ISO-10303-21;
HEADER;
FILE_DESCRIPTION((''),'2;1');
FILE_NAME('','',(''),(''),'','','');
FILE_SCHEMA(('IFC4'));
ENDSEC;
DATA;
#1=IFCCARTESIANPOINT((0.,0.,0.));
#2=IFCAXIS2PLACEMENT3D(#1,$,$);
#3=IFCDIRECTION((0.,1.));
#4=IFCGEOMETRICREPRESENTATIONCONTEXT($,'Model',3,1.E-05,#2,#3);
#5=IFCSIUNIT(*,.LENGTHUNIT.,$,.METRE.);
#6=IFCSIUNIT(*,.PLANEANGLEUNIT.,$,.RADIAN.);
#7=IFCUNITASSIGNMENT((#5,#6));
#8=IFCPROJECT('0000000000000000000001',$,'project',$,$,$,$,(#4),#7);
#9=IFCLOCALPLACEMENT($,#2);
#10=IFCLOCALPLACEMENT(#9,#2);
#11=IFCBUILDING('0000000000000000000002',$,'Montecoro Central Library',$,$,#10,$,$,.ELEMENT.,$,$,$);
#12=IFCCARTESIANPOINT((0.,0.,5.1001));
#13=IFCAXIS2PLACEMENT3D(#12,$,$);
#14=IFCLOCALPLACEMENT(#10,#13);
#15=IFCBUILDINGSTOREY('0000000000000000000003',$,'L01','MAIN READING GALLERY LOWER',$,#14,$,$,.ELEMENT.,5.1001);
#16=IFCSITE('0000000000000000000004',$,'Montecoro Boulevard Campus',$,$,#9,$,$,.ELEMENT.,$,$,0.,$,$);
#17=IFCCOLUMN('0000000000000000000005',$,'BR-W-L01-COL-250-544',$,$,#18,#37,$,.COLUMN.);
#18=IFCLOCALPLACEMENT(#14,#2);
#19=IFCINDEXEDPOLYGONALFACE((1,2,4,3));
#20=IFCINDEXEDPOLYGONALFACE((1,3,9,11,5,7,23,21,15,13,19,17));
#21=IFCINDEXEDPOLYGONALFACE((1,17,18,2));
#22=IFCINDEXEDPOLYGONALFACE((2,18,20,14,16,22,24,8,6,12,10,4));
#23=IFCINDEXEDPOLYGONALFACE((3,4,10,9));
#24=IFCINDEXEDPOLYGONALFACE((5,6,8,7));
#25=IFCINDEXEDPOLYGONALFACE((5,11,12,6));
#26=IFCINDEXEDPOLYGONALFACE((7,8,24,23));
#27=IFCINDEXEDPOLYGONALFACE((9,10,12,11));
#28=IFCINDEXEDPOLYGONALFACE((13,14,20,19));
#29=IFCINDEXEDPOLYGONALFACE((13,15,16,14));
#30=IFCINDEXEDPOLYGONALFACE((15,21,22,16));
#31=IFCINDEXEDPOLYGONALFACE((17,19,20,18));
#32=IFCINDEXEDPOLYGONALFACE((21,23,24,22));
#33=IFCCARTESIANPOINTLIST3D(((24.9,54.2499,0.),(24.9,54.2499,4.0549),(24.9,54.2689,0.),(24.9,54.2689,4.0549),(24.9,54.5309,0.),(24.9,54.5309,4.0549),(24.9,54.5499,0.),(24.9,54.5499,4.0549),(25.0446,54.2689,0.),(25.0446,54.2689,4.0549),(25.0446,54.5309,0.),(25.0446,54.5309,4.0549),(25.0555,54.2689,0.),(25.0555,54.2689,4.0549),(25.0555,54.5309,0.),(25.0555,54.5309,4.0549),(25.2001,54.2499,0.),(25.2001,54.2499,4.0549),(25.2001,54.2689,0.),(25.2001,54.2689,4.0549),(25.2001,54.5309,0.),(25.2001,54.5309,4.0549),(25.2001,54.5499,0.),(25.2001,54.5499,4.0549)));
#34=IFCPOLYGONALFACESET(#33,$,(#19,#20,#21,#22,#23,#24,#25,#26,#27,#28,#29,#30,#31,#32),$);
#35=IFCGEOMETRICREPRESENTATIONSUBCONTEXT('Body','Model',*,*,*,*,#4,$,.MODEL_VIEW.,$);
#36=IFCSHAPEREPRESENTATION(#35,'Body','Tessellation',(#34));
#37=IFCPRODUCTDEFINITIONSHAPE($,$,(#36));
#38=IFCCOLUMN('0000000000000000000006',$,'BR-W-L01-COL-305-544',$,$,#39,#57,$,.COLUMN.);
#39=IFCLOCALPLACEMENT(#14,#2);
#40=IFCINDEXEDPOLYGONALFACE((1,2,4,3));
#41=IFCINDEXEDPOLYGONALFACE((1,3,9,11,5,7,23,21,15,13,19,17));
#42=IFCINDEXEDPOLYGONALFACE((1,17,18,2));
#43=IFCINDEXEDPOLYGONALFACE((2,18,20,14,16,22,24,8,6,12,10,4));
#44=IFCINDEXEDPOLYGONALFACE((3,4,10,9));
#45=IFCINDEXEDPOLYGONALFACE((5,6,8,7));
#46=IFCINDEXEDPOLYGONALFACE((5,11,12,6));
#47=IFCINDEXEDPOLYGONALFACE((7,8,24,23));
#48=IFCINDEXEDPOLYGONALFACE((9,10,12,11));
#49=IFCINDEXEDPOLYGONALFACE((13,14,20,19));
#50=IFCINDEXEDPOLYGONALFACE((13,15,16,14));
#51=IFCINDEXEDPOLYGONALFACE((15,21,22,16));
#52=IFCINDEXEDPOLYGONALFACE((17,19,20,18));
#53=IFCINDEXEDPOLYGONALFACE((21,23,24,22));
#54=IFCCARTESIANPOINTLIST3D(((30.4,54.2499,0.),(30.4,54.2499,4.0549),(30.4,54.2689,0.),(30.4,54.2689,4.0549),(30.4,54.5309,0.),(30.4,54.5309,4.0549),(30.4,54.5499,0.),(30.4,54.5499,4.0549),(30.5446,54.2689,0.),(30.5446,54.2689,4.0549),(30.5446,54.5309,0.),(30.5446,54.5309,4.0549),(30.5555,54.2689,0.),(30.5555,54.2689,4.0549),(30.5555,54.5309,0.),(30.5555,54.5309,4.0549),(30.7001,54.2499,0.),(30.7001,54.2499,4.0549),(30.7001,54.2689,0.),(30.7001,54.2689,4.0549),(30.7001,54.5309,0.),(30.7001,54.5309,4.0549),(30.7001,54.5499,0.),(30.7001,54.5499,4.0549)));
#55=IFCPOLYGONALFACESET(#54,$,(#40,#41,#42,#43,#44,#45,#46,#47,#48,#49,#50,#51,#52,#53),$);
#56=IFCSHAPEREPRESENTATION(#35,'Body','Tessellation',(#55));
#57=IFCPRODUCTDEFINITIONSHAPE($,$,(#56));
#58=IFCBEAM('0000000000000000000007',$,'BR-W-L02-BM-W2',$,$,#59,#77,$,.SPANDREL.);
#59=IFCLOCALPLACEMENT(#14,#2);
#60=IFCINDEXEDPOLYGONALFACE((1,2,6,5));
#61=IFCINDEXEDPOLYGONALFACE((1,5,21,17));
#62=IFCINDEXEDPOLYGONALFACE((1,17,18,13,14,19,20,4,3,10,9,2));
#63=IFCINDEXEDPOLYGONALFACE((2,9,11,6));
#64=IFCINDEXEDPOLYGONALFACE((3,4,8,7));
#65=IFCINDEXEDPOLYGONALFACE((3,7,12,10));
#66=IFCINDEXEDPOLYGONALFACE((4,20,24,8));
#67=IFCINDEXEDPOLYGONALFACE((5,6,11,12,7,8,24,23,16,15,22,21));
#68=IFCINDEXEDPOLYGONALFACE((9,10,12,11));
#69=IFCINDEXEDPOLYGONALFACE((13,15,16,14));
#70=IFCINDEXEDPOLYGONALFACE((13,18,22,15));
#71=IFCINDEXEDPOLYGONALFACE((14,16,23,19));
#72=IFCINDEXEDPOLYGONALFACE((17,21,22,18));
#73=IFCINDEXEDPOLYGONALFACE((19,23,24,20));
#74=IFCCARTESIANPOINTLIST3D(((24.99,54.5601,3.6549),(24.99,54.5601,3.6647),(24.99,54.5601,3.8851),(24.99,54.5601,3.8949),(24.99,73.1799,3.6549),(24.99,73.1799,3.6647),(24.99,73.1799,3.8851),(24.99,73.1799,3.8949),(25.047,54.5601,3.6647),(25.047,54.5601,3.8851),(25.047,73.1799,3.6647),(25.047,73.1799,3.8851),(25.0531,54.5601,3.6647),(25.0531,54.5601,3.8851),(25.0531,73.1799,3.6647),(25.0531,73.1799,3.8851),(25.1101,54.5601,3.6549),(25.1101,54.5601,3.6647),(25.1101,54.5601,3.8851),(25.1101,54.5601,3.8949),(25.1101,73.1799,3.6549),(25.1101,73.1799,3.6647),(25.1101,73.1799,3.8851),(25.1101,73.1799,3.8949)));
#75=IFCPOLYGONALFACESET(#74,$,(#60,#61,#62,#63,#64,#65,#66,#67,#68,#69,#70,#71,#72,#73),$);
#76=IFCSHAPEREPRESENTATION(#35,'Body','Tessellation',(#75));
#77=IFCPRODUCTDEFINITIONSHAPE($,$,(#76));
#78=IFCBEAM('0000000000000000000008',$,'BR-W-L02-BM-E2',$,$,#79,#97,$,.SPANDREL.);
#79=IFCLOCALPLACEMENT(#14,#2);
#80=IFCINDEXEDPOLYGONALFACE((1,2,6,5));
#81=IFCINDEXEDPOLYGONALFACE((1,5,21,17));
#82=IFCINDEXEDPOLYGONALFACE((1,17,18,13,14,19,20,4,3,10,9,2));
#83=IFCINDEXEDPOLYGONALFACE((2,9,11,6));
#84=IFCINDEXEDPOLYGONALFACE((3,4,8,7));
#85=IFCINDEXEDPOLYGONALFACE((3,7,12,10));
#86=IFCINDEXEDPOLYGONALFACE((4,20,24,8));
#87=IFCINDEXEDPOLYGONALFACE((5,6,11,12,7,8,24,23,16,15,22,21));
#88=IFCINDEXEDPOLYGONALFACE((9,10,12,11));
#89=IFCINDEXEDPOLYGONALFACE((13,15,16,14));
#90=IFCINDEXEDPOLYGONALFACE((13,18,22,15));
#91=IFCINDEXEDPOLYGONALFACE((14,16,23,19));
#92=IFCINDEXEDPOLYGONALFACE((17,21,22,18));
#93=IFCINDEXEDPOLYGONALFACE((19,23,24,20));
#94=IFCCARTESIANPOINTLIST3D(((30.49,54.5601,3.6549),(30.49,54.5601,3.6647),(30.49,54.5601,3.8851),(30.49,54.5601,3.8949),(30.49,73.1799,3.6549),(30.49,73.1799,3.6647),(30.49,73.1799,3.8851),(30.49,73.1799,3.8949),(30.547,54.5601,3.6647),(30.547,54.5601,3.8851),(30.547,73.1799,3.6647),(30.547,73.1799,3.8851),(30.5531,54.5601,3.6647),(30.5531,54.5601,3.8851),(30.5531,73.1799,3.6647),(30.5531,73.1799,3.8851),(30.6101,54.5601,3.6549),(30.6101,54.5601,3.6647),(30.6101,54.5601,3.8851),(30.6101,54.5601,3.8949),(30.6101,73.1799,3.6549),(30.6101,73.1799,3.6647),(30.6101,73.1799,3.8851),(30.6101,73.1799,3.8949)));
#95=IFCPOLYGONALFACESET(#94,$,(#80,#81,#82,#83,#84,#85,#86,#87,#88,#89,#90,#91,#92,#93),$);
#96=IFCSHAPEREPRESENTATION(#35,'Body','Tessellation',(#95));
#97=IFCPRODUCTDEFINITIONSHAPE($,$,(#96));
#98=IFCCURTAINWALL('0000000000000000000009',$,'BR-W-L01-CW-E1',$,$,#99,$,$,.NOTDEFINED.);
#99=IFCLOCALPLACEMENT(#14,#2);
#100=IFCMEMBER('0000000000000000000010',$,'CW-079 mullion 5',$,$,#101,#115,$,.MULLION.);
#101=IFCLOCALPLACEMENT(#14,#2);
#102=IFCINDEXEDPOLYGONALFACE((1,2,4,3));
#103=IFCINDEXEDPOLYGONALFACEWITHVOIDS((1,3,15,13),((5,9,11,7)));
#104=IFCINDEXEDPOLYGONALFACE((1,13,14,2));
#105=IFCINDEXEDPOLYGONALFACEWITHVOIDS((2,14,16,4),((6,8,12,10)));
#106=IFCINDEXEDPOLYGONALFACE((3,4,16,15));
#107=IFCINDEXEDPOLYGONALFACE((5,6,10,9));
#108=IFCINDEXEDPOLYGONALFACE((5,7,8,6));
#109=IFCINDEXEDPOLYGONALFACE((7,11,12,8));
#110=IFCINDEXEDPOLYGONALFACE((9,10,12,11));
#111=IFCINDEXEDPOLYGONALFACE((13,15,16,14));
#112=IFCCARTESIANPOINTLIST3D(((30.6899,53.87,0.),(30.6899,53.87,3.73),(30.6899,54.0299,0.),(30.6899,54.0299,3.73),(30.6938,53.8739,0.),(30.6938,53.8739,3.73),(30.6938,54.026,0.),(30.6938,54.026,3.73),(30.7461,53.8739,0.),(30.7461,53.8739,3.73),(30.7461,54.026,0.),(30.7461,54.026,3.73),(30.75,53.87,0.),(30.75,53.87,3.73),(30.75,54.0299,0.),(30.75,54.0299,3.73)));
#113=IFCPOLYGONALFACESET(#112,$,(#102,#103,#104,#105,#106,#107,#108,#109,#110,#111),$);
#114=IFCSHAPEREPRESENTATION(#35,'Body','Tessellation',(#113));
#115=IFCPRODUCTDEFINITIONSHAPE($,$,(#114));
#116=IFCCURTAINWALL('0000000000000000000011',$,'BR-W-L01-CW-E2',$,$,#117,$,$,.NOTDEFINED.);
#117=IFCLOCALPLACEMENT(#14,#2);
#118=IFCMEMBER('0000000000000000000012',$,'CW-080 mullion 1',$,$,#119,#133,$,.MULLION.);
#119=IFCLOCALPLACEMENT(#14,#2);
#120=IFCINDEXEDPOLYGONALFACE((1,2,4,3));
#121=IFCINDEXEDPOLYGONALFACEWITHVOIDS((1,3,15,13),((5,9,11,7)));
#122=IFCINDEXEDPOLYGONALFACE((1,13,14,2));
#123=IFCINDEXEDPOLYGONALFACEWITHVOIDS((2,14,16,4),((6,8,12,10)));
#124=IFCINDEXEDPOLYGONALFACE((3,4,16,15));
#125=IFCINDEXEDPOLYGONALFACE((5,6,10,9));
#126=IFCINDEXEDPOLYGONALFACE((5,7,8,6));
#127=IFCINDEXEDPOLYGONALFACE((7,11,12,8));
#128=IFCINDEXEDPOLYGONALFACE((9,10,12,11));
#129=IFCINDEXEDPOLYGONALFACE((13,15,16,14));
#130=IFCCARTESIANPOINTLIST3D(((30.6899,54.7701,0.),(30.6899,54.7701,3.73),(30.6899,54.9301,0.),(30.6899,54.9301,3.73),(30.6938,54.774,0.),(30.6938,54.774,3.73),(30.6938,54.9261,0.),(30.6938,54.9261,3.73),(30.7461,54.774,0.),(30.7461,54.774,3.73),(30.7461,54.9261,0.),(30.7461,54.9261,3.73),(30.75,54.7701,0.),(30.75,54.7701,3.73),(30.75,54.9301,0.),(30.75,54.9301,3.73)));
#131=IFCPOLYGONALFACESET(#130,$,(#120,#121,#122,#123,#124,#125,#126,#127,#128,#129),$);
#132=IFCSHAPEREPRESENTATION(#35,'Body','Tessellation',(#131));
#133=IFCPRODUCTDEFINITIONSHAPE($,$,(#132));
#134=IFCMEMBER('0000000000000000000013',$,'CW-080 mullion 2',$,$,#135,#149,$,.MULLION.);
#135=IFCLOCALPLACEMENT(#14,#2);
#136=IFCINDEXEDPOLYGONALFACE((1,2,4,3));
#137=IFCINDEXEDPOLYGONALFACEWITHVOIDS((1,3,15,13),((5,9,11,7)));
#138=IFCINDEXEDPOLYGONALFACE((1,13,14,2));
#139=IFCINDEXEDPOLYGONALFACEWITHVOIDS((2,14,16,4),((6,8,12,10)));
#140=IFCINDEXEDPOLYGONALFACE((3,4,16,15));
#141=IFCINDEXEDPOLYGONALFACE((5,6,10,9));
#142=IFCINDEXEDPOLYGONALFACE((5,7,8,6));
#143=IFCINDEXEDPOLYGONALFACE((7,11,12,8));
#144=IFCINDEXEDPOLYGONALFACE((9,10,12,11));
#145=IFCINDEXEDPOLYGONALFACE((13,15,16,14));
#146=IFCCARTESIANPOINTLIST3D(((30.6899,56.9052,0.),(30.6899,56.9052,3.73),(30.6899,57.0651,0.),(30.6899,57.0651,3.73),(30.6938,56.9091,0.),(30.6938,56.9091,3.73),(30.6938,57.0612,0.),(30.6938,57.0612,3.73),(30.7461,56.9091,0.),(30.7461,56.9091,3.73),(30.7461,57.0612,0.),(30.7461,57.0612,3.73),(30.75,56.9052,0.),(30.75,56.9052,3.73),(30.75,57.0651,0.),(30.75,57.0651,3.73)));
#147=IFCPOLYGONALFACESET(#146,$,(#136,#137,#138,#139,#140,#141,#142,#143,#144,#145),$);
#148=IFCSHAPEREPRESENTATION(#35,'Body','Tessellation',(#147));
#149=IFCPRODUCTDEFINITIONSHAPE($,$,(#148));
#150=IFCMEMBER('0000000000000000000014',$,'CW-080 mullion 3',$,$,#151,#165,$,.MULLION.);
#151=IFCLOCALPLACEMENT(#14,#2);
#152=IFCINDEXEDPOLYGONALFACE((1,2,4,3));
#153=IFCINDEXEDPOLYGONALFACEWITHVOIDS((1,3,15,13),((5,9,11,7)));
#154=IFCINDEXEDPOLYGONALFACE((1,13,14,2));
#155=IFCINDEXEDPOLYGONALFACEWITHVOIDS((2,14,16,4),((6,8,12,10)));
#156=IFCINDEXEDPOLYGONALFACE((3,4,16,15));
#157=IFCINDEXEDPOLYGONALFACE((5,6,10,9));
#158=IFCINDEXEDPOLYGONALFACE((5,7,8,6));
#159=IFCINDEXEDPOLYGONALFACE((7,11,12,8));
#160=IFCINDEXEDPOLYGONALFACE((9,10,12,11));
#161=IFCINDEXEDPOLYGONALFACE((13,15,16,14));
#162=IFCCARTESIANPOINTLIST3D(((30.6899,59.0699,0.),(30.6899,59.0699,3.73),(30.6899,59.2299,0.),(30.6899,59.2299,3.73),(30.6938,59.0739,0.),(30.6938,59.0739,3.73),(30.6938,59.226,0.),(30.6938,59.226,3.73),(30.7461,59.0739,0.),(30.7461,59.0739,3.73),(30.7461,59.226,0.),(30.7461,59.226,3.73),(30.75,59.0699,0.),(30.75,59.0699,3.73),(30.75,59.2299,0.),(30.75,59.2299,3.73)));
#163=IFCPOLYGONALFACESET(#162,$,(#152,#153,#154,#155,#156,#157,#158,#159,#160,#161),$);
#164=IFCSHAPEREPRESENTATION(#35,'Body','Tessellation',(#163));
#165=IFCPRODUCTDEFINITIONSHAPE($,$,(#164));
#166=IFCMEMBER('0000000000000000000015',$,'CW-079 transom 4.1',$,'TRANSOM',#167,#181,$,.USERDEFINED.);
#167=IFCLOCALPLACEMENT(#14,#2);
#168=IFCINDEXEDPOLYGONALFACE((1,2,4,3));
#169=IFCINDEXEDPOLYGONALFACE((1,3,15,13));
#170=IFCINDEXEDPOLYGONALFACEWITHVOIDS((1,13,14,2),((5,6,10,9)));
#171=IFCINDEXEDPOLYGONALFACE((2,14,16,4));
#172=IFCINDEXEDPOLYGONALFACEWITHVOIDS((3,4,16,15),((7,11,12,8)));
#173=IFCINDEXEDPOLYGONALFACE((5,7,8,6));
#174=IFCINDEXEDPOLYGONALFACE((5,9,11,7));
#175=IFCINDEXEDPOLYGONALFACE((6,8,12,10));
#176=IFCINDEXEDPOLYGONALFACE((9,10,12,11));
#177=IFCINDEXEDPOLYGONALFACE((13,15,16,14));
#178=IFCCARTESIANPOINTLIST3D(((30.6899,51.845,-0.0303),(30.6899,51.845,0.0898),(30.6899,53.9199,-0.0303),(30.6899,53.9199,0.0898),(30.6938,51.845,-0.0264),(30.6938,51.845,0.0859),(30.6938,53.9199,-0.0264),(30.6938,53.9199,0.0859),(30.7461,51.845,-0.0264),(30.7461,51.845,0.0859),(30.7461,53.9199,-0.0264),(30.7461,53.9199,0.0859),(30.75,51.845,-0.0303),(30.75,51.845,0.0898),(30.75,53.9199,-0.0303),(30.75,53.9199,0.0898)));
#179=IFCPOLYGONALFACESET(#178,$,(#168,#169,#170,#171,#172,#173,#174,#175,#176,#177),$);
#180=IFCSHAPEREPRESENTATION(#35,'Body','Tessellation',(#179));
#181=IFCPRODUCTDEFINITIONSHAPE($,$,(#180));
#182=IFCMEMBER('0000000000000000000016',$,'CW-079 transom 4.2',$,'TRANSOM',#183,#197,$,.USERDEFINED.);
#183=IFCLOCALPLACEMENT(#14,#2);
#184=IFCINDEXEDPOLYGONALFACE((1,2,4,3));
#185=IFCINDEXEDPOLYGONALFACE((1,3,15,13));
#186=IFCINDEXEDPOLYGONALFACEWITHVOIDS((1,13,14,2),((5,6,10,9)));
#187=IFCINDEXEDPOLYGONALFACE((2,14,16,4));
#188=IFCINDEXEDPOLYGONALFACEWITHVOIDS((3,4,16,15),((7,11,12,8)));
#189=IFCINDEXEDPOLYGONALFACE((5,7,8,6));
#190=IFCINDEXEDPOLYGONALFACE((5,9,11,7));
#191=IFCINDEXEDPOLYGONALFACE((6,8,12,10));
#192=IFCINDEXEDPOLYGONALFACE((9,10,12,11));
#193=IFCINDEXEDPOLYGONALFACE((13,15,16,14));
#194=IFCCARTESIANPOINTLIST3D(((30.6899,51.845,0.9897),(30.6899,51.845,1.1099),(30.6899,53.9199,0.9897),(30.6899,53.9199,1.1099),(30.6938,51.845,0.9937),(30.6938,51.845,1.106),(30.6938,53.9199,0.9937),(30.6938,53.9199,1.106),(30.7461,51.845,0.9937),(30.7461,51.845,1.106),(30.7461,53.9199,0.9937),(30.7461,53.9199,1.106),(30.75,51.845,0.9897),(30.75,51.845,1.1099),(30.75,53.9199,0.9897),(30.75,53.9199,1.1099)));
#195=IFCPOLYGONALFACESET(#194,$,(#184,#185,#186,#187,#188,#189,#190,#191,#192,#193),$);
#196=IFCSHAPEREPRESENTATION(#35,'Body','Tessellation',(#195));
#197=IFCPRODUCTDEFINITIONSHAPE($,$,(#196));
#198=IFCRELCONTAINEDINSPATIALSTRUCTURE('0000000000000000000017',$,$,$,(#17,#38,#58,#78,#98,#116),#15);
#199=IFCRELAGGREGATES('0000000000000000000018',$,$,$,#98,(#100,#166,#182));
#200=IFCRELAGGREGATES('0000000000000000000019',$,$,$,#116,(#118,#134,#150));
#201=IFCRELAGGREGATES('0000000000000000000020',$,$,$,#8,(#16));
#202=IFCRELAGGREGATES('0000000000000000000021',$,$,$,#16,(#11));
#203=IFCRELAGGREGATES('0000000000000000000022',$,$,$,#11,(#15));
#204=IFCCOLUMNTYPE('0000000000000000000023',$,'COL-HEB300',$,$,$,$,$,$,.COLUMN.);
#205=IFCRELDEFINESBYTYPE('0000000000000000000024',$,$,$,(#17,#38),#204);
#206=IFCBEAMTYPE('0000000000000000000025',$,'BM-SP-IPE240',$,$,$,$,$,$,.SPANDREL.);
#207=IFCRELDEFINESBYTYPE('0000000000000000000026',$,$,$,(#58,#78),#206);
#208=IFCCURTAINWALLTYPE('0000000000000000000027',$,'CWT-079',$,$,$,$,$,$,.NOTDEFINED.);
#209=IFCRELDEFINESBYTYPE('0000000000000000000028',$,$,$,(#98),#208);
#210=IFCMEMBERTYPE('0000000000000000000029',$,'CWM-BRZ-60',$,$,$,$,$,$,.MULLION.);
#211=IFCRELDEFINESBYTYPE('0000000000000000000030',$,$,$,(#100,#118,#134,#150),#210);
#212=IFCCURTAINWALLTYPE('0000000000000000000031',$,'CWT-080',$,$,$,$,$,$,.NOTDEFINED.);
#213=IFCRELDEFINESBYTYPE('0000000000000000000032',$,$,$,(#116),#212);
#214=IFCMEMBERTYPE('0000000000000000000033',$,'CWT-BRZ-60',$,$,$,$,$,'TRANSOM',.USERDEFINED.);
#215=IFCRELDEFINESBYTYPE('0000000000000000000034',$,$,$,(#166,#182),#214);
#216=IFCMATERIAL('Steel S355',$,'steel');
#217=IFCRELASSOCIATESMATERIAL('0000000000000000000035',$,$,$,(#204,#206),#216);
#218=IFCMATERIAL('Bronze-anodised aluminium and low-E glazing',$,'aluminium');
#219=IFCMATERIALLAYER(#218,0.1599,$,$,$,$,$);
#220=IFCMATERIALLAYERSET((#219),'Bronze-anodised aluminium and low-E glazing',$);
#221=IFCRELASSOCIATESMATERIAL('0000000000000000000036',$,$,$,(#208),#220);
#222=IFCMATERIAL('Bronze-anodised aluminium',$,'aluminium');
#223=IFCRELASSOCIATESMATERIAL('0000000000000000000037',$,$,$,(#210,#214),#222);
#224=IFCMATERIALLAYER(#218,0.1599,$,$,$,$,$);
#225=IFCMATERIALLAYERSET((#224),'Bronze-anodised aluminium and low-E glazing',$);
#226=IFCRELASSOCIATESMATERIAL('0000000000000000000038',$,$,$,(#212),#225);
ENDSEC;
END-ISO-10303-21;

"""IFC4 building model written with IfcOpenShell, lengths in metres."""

from ifc_helpers import new_model, si_unit, direction, frame, origin, origin_2d, place, context, subcontext, project, spatial, hollow_rectangle, i_section, extrude, material, layer, layer_set, material_profile, profile_set, type_object, element, aggregate, save


model = new_model("IFC4")

# Units and contexts
model_context = context("Model", 3, precision=1e-05, world=origin(), true_north=direction((0.0, 1.0)))
body_context = subcontext(model_context, "Body", "Model", "MODEL_VIEW")
ifc_project = project(units=[si_unit("LENGTHUNIT", "METRE"), si_unit("PLANEANGLEUNIT", "RADIAN")], contexts=[model_context])

# Site, building, storey
site_placement = place(None, origin())
site = spatial("IfcSite", under=ifc_project, at=site_placement, Name="Montecoro Boulevard Campus", CompositionType="ELEMENT", RefElevation=0.0)
building_placement = place(site_placement, origin())
building = spatial("IfcBuilding", under=site, at=building_placement, Name="Montecoro Central Library", CompositionType="ELEMENT")
storey_placement = place(building_placement, frame((0.0, 0.0, 5.1001)))
storey = spatial("IfcBuildingStorey", under=building, at=storey_placement, Name="L01", Description="MAIN READING GALLERY LOWER", CompositionType="ELEMENT", Elevation=5.1001)

# Columns
ifc_material_1 = material(Name="Steel S355", Category="steel")
ifc_material_profile_1 = material_profile(ifc_material_1, i_section(OverallWidth=0.3, OverallDepth=0.3, WebThickness=0.011, FlangeThickness=0.019, at=origin_2d()), Name="HEB 300")
ifc_profile_set_1 = profile_set([ifc_material_profile_1], Name="Steel S355")
column_type = type_object("IfcColumnType", Name="COL-HEB300", PredefinedType="COLUMN", material=ifc_profile_set_1)
for number, where, z_axis, x_axis, name in (
    (1, (25.05, 54.3999, 0.0), (0.0, 0.0, 1.0), (1.0, 0.0, 0.0), "BR-W-L01-COL-250-544"),
    (2, (30.55, 54.3999, 0.0), (0.0, 0.0, 1.0), (1.0, 0.0, 0.0), "BR-W-L01-COL-305-544"),
):
    element("IfcColumn", number, at=place(storey_placement, frame(where, z_axis=z_axis, x_axis=x_axis)), inside=storey, type_object=column_type, Name=name, PredefinedType="COLUMN", context=body_context, shape_type="SweptSolid", body=[
        extrude(i_section(OverallWidth=0.3, OverallDepth=0.3, WebThickness=0.011, FlangeThickness=0.019, at=origin_2d()), origin(), (0.0, 0.0, 1.0), 4.0549),
    ])

# Beams
ifc_material_profile_2 = material_profile(ifc_material_1, i_section(OverallWidth=0.1201, OverallDepth=0.24, WebThickness=0.0061, FlangeThickness=0.0098, at=origin_2d()), Name="IPE 240")
ifc_profile_set_2 = profile_set([ifc_material_profile_2], Name="Steel S355")
beam_type = type_object("IfcBeamType", Name="BM-SP-IPE240", PredefinedType="SPANDREL", material=ifc_profile_set_2)
for number, where, z_axis, x_axis, name in (
    (3, (25.05, 54.5601, 3.7749), (0.0, 1.0, 0.0), (-1.0, 0.0, 0.0), "BR-W-L02-BM-W2"),
    (4, (30.55, 54.5601, 3.7749), (0.0, 1.0, 0.0), (-1.0, 0.0, 0.0), "BR-W-L02-BM-E2"),
):
    element("IfcBeam", number, at=place(storey_placement, frame(where, z_axis=z_axis, x_axis=x_axis)), inside=storey, type_object=beam_type, Name=name, PredefinedType="SPANDREL", context=body_context, shape_type="SweptSolid", body=[
        extrude(i_section(OverallWidth=0.1201, OverallDepth=0.24, WebThickness=0.0061, FlangeThickness=0.0098, at=origin_2d()), origin(), (0.0, 0.0, 1.0), 18.6199),
    ])

# Curtain wall, member
ifc_material_2 = material(Name="Bronze-anodised aluminium and low-E glazing", Category="aluminium")
ifc_layer_1 = layer(ifc_material_2, 0.1599)
ifc_layer_set_1 = layer_set([ifc_layer_1], Name="Bronze-anodised aluminium and low-E glazing")
curtain_wall_type_1 = type_object("IfcCurtainWallType", Name="CWT-079", PredefinedType="NOTDEFINED", material=ifc_layer_set_1)
curtain_wall_1_placement = place(storey_placement, origin())
curtain_wall_1 = element("IfcCurtainWall", 5, at=curtain_wall_1_placement, inside=storey, type_object=curtain_wall_type_1, Name="BR-W-L01-CW-E1", PredefinedType="NOTDEFINED")
ifc_material_3 = material(Name="Bronze-anodised aluminium", Category="aluminium")
ifc_material_profile_3 = material_profile(ifc_material_3, hollow_rectangle(XDim=0.0601, YDim=0.1599, WallThickness=0.0039, at=origin_2d()), Name="CWM 160x60x4.0")
ifc_profile_set_3 = profile_set([ifc_material_profile_3], Name="Bronze-anodised aluminium")
member_type_1 = type_object("IfcMemberType", Name="CWM-BRZ-60", PredefinedType="MULLION", material=ifc_profile_set_3)
member_1_placement = place(storey_placement, frame((30.72, 53.95, 0.0), z_axis=(0.0, 0.0, 1.0), x_axis=(-1.0, 0.0, 0.0)))
member_1 = element("IfcMember", 6, at=member_1_placement, type_object=member_type_1, Name="CW-079 mullion 5", PredefinedType="MULLION", context=body_context, shape_type="SweptSolid", body=[
    extrude(hollow_rectangle(XDim=0.0601, YDim=0.1599, WallThickness=0.0039, at=origin_2d()), origin(), (0.0, 0.0, 1.0), 3.73),
])

# Curtain wall, members
ifc_layer_2 = layer(ifc_material_2, 0.1599)
ifc_layer_set_2 = layer_set([ifc_layer_2], Name="Bronze-anodised aluminium and low-E glazing")
curtain_wall_type_2 = type_object("IfcCurtainWallType", Name="CWT-080", PredefinedType="NOTDEFINED", material=ifc_layer_set_2)
curtain_wall_2_placement = place(storey_placement, origin())
curtain_wall_2 = element("IfcCurtainWall", 7, at=curtain_wall_2_placement, inside=storey, type_object=curtain_wall_type_2, Name="BR-W-L01-CW-E2", PredefinedType="NOTDEFINED")
member_2_placement = place(storey_placement, frame((30.72, 54.8501, 0.0), z_axis=(0.0, 0.0, 1.0), x_axis=(-1.0, 0.0, 0.0)))
member_2 = element("IfcMember", 8, at=member_2_placement, type_object=member_type_1, Name="CW-080 mullion 1", PredefinedType="MULLION", context=body_context, shape_type="SweptSolid", body=[
    extrude(hollow_rectangle(XDim=0.0601, YDim=0.1599, WallThickness=0.0039, at=origin_2d()), origin(), (0.0, 0.0, 1.0), 3.73),
])
member_3_placement = place(storey_placement, frame((30.72, 56.9851, 0.0), z_axis=(0.0, 0.0, 1.0), x_axis=(-1.0, 0.0, 0.0)))
member_3 = element("IfcMember", 9, at=member_3_placement, type_object=member_type_1, Name="CW-080 mullion 2", PredefinedType="MULLION", context=body_context, shape_type="SweptSolid", body=[
    extrude(hollow_rectangle(XDim=0.0601, YDim=0.1599, WallThickness=0.0039, at=origin_2d()), origin(), (0.0, 0.0, 1.0), 3.73),
])
member_4_placement = place(storey_placement, frame((30.72, 59.1499, 0.0), z_axis=(0.0, 0.0, 1.0), x_axis=(-1.0, 0.0, 0.0)))
member_4 = element("IfcMember", 10, at=member_4_placement, type_object=member_type_1, Name="CW-080 mullion 3", PredefinedType="MULLION", context=body_context, shape_type="SweptSolid", body=[
    extrude(hollow_rectangle(XDim=0.0601, YDim=0.1599, WallThickness=0.0039, at=origin_2d()), origin(), (0.0, 0.0, 1.0), 3.73),
])

# Members
ifc_material_profile_4 = material_profile(ifc_material_3, hollow_rectangle(XDim=0.0601, YDim=0.1201, WallThickness=0.0039, at=origin_2d()), Name="CWT 120x60x4.0")
ifc_profile_set_4 = profile_set([ifc_material_profile_4], Name="Bronze-anodised aluminium")
member_type_2 = type_object("IfcMemberType", Name="CWT-BRZ-60", ElementType="TRANSOM", PredefinedType="USERDEFINED", material=ifc_profile_set_4)
member_5_placement = place(storey_placement, frame((30.72, 51.845, 0.0298), z_axis=(0.0, 1.0, 0.0), x_axis=(-1.0, 0.0, 0.0)))
member_5 = element("IfcMember", 11, at=member_5_placement, type_object=member_type_2, Name="CW-079 transom 4.1", ObjectType="TRANSOM", PredefinedType="USERDEFINED", context=body_context, shape_type="SweptSolid", body=[
    extrude(hollow_rectangle(XDim=0.0601, YDim=0.1201, WallThickness=0.0039, at=origin_2d()), origin(), (0.0, 0.0, 1.0), 2.075),
])
member_6_placement = place(storey_placement, frame((30.72, 51.845, 1.0498), z_axis=(0.0, 1.0, 0.0), x_axis=(-1.0, 0.0, 0.0)))
member_6 = element("IfcMember", 12, at=member_6_placement, type_object=member_type_2, Name="CW-079 transom 4.2", ObjectType="TRANSOM", PredefinedType="USERDEFINED", context=body_context, shape_type="SweptSolid", body=[
    extrude(hollow_rectangle(XDim=0.0601, YDim=0.1201, WallThickness=0.0039, at=origin_2d()), origin(), (0.0, 0.0, 1.0), 2.075),
])

aggregate(curtain_wall_1, [member_1, member_5, member_6])
aggregate(curtain_wall_2, [member_2, member_3, member_4])

save(model, "model.ifc")
